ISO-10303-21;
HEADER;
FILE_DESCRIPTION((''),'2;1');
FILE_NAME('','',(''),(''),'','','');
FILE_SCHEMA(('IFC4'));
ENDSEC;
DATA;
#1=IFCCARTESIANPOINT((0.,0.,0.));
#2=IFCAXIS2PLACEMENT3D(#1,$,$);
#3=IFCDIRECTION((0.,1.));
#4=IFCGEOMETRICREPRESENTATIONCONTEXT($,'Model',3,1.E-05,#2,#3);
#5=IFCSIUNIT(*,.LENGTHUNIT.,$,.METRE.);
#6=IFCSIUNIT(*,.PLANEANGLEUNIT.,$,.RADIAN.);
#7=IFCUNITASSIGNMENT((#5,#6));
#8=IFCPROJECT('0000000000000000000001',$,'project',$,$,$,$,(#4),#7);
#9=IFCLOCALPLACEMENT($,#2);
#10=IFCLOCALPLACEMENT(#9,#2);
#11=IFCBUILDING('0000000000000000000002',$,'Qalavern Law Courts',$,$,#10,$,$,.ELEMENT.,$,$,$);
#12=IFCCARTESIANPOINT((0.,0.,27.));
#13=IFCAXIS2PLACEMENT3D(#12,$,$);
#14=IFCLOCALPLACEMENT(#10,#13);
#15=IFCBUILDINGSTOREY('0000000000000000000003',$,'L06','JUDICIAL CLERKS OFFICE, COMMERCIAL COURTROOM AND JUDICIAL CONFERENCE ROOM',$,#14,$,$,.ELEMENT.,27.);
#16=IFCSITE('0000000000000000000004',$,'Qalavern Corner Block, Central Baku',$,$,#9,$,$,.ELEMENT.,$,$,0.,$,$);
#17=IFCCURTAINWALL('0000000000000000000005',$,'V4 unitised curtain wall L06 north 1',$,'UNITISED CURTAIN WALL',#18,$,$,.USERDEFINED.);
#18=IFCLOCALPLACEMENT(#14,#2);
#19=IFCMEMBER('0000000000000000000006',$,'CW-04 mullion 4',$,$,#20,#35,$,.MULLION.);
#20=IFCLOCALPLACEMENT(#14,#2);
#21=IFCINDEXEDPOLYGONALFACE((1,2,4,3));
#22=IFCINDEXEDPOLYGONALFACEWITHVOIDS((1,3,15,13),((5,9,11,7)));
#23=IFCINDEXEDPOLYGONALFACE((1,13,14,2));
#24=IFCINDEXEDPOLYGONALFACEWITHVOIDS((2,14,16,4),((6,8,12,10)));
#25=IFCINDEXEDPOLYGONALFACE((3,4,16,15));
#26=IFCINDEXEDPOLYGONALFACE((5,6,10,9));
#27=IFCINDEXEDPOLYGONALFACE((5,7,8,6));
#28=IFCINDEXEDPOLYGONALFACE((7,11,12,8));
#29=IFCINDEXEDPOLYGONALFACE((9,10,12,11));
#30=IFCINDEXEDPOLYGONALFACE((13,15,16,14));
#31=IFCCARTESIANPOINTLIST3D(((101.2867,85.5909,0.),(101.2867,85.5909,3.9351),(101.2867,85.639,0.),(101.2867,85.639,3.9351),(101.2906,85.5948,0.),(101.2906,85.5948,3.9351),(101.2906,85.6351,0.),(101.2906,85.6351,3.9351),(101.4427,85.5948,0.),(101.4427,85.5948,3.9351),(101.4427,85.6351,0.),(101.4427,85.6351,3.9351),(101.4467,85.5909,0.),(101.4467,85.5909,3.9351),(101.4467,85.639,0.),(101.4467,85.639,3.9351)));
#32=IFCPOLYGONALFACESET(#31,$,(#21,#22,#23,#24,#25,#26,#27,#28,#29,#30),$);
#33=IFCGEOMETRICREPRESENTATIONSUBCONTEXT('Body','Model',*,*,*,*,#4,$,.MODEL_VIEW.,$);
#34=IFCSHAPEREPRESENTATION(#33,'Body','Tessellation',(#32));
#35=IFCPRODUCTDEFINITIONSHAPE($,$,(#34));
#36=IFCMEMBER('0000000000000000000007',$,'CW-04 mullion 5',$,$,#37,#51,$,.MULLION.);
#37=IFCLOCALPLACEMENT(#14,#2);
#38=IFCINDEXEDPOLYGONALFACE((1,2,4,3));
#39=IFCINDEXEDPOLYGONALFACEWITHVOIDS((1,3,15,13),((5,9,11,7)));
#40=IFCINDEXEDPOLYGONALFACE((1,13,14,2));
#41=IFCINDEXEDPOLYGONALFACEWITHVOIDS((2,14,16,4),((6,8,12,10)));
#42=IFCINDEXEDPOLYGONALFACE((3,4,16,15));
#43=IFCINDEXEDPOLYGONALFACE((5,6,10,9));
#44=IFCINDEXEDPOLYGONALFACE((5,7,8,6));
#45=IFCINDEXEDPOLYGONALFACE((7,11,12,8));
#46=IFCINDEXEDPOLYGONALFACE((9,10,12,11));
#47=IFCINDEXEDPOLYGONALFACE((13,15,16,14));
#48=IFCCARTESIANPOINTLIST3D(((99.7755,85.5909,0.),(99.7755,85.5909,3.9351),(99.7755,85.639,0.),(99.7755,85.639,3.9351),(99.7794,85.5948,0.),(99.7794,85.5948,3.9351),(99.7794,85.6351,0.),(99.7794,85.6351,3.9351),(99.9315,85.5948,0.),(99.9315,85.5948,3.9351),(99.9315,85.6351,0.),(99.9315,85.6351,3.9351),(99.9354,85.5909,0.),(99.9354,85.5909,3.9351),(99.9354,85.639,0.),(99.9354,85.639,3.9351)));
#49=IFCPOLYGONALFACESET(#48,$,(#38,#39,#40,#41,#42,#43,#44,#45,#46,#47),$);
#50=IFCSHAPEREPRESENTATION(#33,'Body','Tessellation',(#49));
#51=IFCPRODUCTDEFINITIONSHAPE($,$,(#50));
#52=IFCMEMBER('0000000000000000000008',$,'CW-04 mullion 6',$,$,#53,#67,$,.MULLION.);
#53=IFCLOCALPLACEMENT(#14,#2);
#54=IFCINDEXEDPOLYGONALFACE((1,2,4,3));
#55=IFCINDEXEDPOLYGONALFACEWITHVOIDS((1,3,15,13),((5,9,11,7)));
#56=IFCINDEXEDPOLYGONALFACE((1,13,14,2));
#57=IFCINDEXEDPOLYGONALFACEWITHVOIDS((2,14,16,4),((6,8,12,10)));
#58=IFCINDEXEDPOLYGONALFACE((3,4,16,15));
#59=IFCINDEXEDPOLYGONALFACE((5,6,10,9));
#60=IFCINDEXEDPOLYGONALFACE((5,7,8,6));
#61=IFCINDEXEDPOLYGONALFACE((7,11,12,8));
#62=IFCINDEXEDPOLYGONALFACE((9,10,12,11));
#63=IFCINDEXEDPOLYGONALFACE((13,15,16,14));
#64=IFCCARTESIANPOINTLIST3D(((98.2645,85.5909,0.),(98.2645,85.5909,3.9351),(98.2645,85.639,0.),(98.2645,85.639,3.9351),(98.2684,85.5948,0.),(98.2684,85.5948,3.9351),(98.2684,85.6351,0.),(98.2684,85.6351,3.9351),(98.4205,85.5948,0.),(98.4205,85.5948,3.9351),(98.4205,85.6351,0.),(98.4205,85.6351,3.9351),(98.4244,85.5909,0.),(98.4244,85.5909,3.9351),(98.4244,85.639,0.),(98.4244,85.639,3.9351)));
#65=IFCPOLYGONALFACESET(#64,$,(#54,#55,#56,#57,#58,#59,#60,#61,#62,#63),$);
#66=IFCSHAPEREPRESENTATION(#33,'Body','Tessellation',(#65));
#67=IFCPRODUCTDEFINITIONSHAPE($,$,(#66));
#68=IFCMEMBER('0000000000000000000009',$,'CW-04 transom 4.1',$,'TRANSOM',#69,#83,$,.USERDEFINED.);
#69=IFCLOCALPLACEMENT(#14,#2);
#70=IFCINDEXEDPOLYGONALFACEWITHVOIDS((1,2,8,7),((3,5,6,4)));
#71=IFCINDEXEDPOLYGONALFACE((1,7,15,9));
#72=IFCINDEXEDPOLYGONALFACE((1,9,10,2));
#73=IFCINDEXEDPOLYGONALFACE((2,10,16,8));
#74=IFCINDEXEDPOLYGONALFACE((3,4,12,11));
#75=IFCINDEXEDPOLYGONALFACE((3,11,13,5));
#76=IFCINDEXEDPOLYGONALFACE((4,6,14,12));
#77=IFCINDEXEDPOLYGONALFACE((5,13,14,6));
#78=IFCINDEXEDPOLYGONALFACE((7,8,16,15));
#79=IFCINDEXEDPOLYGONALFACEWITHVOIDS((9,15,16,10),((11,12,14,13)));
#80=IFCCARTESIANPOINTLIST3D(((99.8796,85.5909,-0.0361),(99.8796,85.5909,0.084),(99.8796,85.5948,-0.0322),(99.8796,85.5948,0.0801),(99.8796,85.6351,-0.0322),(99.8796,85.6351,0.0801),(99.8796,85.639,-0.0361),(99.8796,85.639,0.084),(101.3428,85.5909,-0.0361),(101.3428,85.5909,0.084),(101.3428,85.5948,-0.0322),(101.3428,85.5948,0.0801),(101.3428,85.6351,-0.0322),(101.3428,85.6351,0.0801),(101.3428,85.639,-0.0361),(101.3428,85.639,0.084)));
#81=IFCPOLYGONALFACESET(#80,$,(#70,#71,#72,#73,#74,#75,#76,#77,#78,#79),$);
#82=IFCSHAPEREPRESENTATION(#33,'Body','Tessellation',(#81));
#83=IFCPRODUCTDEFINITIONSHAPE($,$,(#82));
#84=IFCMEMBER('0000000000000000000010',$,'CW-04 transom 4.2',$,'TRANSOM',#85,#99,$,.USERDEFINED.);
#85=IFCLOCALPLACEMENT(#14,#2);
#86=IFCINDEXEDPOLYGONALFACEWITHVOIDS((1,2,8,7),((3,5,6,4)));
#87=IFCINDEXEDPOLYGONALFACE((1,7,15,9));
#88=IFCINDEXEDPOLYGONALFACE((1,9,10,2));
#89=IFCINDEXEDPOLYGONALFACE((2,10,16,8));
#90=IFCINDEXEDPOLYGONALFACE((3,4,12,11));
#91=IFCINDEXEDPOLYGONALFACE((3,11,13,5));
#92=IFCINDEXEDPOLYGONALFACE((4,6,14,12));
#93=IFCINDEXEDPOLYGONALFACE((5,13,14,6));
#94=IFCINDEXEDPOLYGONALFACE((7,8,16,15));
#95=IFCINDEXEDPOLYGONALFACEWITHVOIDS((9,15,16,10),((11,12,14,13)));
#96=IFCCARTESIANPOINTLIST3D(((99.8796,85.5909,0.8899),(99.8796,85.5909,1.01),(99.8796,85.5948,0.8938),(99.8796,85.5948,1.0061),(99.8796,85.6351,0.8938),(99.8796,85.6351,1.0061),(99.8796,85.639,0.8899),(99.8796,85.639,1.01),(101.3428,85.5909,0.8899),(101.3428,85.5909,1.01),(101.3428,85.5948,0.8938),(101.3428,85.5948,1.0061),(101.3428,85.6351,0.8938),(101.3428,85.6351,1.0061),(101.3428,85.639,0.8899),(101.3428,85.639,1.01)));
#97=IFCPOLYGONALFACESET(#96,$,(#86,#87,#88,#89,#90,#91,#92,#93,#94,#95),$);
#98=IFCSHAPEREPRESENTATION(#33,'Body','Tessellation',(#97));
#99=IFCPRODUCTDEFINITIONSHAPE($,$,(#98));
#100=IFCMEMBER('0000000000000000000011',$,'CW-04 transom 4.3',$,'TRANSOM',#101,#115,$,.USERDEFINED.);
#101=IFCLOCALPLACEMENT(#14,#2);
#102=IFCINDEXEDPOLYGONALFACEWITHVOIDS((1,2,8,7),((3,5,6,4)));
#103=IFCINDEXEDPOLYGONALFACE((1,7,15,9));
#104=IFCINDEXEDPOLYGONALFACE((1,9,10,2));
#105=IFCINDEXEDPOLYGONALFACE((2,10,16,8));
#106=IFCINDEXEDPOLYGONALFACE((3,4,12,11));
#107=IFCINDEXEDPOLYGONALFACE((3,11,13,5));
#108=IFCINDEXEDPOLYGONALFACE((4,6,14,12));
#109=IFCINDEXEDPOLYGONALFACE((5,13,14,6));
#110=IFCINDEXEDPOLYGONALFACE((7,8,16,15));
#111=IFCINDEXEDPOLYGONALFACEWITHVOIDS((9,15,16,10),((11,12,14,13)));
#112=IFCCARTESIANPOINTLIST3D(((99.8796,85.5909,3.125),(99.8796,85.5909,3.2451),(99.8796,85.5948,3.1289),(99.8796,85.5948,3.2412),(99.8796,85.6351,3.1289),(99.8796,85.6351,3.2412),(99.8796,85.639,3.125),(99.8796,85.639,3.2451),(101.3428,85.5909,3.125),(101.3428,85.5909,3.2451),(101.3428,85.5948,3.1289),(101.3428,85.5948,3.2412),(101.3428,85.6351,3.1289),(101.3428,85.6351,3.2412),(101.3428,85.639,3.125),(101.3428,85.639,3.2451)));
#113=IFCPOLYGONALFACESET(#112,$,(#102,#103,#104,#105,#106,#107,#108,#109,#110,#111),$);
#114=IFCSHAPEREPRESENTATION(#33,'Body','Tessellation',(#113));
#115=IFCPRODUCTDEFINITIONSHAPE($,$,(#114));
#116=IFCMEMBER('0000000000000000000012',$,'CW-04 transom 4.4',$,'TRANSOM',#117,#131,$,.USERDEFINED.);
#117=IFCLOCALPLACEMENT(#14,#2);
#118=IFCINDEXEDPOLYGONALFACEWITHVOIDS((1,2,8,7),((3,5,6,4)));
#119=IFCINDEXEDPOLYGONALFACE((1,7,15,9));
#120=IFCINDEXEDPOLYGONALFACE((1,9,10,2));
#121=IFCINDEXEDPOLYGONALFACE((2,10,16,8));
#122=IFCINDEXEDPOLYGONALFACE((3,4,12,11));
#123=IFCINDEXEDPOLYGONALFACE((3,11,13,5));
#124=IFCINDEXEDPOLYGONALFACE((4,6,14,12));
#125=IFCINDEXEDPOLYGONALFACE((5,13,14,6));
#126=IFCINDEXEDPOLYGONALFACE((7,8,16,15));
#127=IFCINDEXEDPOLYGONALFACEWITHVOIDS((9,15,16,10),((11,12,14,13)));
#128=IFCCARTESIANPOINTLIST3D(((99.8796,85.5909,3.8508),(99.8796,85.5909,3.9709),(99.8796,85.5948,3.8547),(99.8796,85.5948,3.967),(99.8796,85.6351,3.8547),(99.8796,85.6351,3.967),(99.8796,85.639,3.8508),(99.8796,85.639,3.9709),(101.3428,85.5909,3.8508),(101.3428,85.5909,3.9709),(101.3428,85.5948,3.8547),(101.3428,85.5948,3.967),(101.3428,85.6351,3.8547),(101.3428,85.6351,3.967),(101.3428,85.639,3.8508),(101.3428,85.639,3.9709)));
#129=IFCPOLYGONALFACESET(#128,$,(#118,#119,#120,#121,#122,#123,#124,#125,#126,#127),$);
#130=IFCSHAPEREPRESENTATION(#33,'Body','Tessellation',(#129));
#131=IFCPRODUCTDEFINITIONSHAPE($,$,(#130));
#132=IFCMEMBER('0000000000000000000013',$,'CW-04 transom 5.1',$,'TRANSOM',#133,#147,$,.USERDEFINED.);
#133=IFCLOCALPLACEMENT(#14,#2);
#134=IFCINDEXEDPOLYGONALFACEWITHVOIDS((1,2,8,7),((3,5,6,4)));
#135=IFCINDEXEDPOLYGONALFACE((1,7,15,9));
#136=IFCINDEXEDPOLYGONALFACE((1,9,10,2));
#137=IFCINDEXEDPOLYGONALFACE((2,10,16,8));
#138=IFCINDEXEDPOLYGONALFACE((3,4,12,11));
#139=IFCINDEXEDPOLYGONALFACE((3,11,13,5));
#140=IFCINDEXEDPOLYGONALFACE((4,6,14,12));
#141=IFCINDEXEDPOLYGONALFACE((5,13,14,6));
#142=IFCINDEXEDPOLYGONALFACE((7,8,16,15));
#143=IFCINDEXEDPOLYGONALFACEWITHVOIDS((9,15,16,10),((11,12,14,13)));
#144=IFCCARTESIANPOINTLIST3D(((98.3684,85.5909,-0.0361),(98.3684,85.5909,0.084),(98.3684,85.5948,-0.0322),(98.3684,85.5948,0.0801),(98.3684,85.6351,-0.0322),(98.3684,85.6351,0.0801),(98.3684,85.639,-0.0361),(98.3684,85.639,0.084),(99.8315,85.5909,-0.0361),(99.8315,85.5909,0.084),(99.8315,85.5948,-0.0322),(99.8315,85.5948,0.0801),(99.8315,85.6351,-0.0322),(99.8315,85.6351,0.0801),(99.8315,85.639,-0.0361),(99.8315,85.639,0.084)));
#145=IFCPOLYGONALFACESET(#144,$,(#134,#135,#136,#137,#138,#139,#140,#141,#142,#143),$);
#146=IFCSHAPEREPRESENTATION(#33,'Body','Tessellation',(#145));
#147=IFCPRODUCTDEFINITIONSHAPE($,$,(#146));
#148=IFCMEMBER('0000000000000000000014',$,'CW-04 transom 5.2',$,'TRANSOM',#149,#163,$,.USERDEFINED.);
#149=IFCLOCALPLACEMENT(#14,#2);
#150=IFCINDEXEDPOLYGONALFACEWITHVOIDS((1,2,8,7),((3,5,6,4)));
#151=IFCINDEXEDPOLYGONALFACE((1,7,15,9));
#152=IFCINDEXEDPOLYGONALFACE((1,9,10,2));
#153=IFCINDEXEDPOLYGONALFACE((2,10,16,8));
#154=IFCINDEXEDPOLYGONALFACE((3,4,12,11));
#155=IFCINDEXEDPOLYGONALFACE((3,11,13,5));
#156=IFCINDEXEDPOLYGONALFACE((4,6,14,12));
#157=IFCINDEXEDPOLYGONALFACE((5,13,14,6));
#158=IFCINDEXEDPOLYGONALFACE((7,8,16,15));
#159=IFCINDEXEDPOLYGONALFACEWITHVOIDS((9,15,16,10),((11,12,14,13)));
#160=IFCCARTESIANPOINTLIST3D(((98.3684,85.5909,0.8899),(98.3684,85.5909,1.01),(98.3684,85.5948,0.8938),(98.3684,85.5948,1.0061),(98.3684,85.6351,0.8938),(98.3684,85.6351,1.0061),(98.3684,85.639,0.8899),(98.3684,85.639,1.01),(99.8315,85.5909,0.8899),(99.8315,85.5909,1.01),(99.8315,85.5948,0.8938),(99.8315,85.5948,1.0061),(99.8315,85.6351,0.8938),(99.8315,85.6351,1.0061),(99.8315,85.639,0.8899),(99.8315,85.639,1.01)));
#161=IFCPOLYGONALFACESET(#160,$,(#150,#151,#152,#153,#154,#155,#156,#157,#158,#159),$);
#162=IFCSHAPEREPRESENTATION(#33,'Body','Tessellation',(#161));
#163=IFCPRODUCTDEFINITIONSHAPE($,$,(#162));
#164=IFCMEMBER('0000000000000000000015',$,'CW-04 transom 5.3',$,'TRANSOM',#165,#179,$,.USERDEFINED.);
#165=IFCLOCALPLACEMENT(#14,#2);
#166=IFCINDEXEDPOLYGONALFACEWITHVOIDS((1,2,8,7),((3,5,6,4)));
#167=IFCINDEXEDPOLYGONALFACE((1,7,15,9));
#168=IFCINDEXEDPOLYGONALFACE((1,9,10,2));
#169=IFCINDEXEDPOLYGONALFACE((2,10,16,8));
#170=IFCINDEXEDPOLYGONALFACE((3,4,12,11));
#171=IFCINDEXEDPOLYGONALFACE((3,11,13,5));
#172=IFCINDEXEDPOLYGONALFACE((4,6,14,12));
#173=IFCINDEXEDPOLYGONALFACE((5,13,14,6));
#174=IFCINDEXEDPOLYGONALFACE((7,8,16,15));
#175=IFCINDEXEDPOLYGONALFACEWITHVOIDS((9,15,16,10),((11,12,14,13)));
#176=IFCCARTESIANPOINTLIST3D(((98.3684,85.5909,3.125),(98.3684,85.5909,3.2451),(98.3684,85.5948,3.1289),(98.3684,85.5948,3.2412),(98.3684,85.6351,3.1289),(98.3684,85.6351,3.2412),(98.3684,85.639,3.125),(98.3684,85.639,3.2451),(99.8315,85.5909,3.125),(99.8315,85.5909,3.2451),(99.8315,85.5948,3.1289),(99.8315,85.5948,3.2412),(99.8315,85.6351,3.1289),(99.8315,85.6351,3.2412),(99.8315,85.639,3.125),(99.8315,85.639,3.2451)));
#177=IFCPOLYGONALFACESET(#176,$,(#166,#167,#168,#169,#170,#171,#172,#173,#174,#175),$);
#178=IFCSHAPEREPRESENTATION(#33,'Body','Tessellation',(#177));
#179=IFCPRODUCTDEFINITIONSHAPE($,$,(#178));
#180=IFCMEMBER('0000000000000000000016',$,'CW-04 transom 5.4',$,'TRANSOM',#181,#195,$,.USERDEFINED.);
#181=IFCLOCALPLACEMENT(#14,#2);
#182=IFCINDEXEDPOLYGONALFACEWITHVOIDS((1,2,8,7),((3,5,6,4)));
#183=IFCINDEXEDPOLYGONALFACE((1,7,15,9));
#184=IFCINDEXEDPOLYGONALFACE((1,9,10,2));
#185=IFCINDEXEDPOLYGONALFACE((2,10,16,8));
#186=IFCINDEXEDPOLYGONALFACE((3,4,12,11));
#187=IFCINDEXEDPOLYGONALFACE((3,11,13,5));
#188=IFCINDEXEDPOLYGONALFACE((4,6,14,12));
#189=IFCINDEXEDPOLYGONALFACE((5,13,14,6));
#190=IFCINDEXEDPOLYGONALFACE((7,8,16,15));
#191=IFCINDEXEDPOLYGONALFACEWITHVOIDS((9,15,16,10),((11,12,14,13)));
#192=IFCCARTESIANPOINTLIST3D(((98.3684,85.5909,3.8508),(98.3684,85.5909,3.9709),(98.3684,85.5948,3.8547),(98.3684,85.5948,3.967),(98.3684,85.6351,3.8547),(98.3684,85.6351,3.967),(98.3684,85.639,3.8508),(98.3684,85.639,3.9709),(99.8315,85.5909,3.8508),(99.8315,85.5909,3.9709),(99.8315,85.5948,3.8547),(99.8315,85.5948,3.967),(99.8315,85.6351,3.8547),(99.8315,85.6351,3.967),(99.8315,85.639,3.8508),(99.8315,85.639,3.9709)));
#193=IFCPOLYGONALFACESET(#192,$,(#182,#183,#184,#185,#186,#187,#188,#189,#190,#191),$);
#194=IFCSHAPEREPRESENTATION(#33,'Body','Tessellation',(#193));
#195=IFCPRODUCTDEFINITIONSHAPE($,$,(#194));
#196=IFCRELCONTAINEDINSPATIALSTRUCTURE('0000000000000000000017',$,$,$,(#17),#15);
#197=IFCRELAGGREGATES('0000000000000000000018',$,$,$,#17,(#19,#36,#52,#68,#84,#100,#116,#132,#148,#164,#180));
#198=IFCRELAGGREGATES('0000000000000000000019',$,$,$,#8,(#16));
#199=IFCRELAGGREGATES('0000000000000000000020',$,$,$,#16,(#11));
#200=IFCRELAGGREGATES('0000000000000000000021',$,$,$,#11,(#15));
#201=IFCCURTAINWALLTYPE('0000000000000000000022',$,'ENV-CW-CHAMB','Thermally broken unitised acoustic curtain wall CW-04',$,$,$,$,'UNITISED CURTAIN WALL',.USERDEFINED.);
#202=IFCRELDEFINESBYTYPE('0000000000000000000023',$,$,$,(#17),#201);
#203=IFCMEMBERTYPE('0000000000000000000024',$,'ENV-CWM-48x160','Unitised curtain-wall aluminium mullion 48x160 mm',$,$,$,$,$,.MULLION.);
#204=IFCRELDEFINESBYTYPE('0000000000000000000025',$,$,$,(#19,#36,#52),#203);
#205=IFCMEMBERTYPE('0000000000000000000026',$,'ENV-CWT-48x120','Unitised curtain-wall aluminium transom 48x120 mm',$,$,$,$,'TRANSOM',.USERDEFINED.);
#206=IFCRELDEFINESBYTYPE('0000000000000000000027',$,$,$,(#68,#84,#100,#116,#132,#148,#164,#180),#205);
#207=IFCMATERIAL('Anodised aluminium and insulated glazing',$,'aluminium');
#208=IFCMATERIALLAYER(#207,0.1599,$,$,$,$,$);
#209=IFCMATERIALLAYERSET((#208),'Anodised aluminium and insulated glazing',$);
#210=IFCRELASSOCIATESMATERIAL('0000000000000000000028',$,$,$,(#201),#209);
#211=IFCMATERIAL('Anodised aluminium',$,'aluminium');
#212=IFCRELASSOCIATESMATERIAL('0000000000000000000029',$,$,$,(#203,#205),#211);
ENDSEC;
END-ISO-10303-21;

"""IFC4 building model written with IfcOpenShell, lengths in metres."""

from ifc_helpers import new_model, si_unit, direction, frame, origin, origin_2d, place, context, subcontext, project, spatial, hollow_rectangle, extrude, material, layer, layer_set, material_profile, profile_set, type_object, element, aggregate, save


model = new_model("IFC4")

# Units and contexts
model_context = context("Model", 3, precision=1e-05, world=origin(), true_north=direction((0.0, 1.0)))
body_context = subcontext(model_context, "Body", "Model", "MODEL_VIEW")
ifc_project = project(units=[si_unit("LENGTHUNIT", "METRE"), si_unit("PLANEANGLEUNIT", "RADIAN")], contexts=[model_context])

# Site, building, storey
site_placement = place(None, origin())
site = spatial("IfcSite", under=ifc_project, at=site_placement, Name="Qalavern Corner Block, Central Baku", CompositionType="ELEMENT", RefElevation=0.0)
building_placement = place(site_placement, origin())
building = spatial("IfcBuilding", under=site, at=building_placement, Name="Qalavern Law Courts", CompositionType="ELEMENT")
storey_placement = place(building_placement, frame((0.0, 0.0, 27.0)))
storey = spatial("IfcBuildingStorey", under=building, at=storey_placement, Name="L06", Description="JUDICIAL CLERKS OFFICE, COMMERCIAL COURTROOM AND JUDICIAL CONFERENCE ROOM", CompositionType="ELEMENT", Elevation=27.0)

# Curtain wall, members
ifc_material_1 = material(Name="Anodised aluminium and insulated glazing", Category="aluminium")
ifc_layer_1 = layer(ifc_material_1, 0.1599)
ifc_layer_set_1 = layer_set([ifc_layer_1], Name="Anodised aluminium and insulated glazing")
curtain_wall_type = type_object("IfcCurtainWallType", Name="ENV-CW-CHAMB", Description="Thermally broken unitised acoustic curtain wall CW-04", ElementType="UNITISED CURTAIN WALL", PredefinedType="USERDEFINED", material=ifc_layer_set_1)
curtain_wall_placement = place(storey_placement, origin())
curtain_wall = element("IfcCurtainWall", 1, at=curtain_wall_placement, inside=storey, type_object=curtain_wall_type, Name="V4 unitised curtain wall L06 north 1", ObjectType="UNITISED CURTAIN WALL", PredefinedType="USERDEFINED")
ifc_material_2 = material(Name="Anodised aluminium", Category="aluminium")
ifc_material_profile_1 = material_profile(ifc_material_2, hollow_rectangle(XDim=0.0481, YDim=0.1599, WallThickness=0.0039, at=origin_2d()), Name="ALU MULLION 48x160")
ifc_profile_set_1 = profile_set([ifc_material_profile_1], Name="Anodised aluminium")
member_type_1 = type_object("IfcMemberType", Name="ENV-CWM-48x160", Description="Unitised curtain-wall aluminium mullion 48x160 mm", PredefinedType="MULLION", material=ifc_profile_set_1)
member_1_placement = place(storey_placement, frame((101.3667, 85.615, 0.0), z_axis=(0.0, 0.0, 1.0), x_axis=(0.0, -1.0, 0.0)))
member_1 = element("IfcMember", 2, at=member_1_placement, type_object=member_type_1, Name="CW-04 mullion 4", PredefinedType="MULLION", context=body_context, shape_type="SweptSolid", body=[
    extrude(hollow_rectangle(XDim=0.0481, YDim=0.1599, WallThickness=0.0039, at=origin_2d()), origin(), (0.0, 0.0, 1.0), 3.9351),
])
member_2_placement = place(storey_placement, frame((99.8555, 85.615, 0.0), z_axis=(0.0, 0.0, 1.0), x_axis=(0.0, -1.0, 0.0)))
member_2 = element("IfcMember", 3, at=member_2_placement, type_object=member_type_1, Name="CW-04 mullion 5", PredefinedType="MULLION", context=body_context, shape_type="SweptSolid", body=[
    extrude(hollow_rectangle(XDim=0.0481, YDim=0.1599, WallThickness=0.0039, at=origin_2d()), origin(), (0.0, 0.0, 1.0), 3.9351),
])
member_3_placement = place(storey_placement, frame((98.3445, 85.615, 0.0), z_axis=(0.0, 0.0, 1.0), x_axis=(0.0, -1.0, 0.0)))
member_3 = element("IfcMember", 4, at=member_3_placement, type_object=member_type_1, Name="CW-04 mullion 6", PredefinedType="MULLION", context=body_context, shape_type="SweptSolid", body=[
    extrude(hollow_rectangle(XDim=0.0481, YDim=0.1599, WallThickness=0.0039, at=origin_2d()), origin(), (0.0, 0.0, 1.0), 3.9351),
])
ifc_material_profile_2 = material_profile(ifc_material_2, hollow_rectangle(XDim=0.0481, YDim=0.1201, WallThickness=0.0039, at=origin_2d()), Name="ALU TRANSOM 48x120")
ifc_profile_set_2 = profile_set([ifc_material_profile_2], Name="Anodised aluminium")
member_type_2 = type_object("IfcMemberType", Name="ENV-CWT-48x120", Description="Unitised curtain-wall aluminium transom 48x120 mm", ElementType="TRANSOM", PredefinedType="USERDEFINED", material=ifc_profile_set_2)
member_4_placement = place(storey_placement, frame((101.3428, 85.615, 0.0239), z_axis=(-1.0, 0.0, 0.0), x_axis=(0.0, -1.0, 0.0)))
member_4 = element("IfcMember", 5, at=member_4_placement, type_object=member_type_2, Name="CW-04 transom 4.1", ObjectType="TRANSOM", PredefinedType="USERDEFINED", context=body_context, shape_type="SweptSolid", body=[
    extrude(hollow_rectangle(XDim=0.0481, YDim=0.1201, WallThickness=0.0039, at=origin_2d()), origin(), (0.0, 0.0, 1.0), 1.4631),
])
member_5_placement = place(storey_placement, frame((101.3428, 85.615, 0.95), z_axis=(-1.0, 0.0, 0.0), x_axis=(0.0, -1.0, 0.0)))
member_5 = element("IfcMember", 6, at=member_5_placement, type_object=member_type_2, Name="CW-04 transom 4.2", ObjectType="TRANSOM", PredefinedType="USERDEFINED", context=body_context, shape_type="SweptSolid", body=[
    extrude(hollow_rectangle(XDim=0.0481, YDim=0.1201, WallThickness=0.0039, at=origin_2d()), origin(), (0.0, 0.0, 1.0), 1.4631),
])
member_6_placement = place(storey_placement, frame((101.3428, 85.615, 3.1851), z_axis=(-1.0, 0.0, 0.0), x_axis=(0.0, -1.0, 0.0)))
member_6 = element("IfcMember", 7, at=member_6_placement, type_object=member_type_2, Name="CW-04 transom 4.3", ObjectType="TRANSOM", PredefinedType="USERDEFINED", context=body_context, shape_type="SweptSolid", body=[
    extrude(hollow_rectangle(XDim=0.0481, YDim=0.1201, WallThickness=0.0039, at=origin_2d()), origin(), (0.0, 0.0, 1.0), 1.4631),
])
member_7_placement = place(storey_placement, frame((101.3428, 85.615, 3.9109), z_axis=(-1.0, 0.0, 0.0), x_axis=(0.0, -1.0, 0.0)))
member_7 = element("IfcMember", 8, at=member_7_placement, type_object=member_type_2, Name="CW-04 transom 4.4", ObjectType="TRANSOM", PredefinedType="USERDEFINED", context=body_context, shape_type="SweptSolid", body=[
    extrude(hollow_rectangle(XDim=0.0481, YDim=0.1201, WallThickness=0.0039, at=origin_2d()), origin(), (0.0, 0.0, 1.0), 1.4631),
])
member_8_placement = place(storey_placement, frame((99.8315, 85.615, 0.0239), z_axis=(-1.0, 0.0, 0.0), x_axis=(0.0, -1.0, 0.0)))
member_8 = element("IfcMember", 9, at=member_8_placement, type_object=member_type_2, Name="CW-04 transom 5.1", ObjectType="TRANSOM", PredefinedType="USERDEFINED", context=body_context, shape_type="SweptSolid", body=[
    extrude(hollow_rectangle(XDim=0.0481, YDim=0.1201, WallThickness=0.0039, at=origin_2d()), origin(), (0.0, 0.0, 1.0), 1.4631),
])
member_9_placement = place(storey_placement, frame((99.8315, 85.615, 0.95), z_axis=(-1.0, 0.0, 0.0), x_axis=(0.0, -1.0, 0.0)))
member_9 = element("IfcMember", 10, at=member_9_placement, type_object=member_type_2, Name="CW-04 transom 5.2", ObjectType="TRANSOM", PredefinedType="USERDEFINED", context=body_context, shape_type="SweptSolid", body=[
    extrude(hollow_rectangle(XDim=0.0481, YDim=0.1201, WallThickness=0.0039, at=origin_2d()), origin(), (0.0, 0.0, 1.0), 1.4631),
])
member_10_placement = place(storey_placement, frame((99.8315, 85.615, 3.1851), z_axis=(-1.0, 0.0, 0.0), x_axis=(0.0, -1.0, 0.0)))
member_10 = element("IfcMember", 11, at=member_10_placement, type_object=member_type_2, Name="CW-04 transom 5.3", ObjectType="TRANSOM", PredefinedType="USERDEFINED", context=body_context, shape_type="SweptSolid", body=[
    extrude(hollow_rectangle(XDim=0.0481, YDim=0.1201, WallThickness=0.0039, at=origin_2d()), origin(), (0.0, 0.0, 1.0), 1.4631),
])
member_11_placement = place(storey_placement, frame((99.8315, 85.615, 3.9109), z_axis=(-1.0, 0.0, 0.0), x_axis=(0.0, -1.0, 0.0)))
member_11 = element("IfcMember", 12, at=member_11_placement, type_object=member_type_2, Name="CW-04 transom 5.4", ObjectType="TRANSOM", PredefinedType="USERDEFINED", context=body_context, shape_type="SweptSolid", body=[
    extrude(hollow_rectangle(XDim=0.0481, YDim=0.1201, WallThickness=0.0039, at=origin_2d()), origin(), (0.0, 0.0, 1.0), 1.4631),
])
aggregate(curtain_wall, [member_1, member_2, member_3, member_4, member_5, member_6, member_7, member_8, member_9, member_10, member_11])

save(model, "model.ifc")
